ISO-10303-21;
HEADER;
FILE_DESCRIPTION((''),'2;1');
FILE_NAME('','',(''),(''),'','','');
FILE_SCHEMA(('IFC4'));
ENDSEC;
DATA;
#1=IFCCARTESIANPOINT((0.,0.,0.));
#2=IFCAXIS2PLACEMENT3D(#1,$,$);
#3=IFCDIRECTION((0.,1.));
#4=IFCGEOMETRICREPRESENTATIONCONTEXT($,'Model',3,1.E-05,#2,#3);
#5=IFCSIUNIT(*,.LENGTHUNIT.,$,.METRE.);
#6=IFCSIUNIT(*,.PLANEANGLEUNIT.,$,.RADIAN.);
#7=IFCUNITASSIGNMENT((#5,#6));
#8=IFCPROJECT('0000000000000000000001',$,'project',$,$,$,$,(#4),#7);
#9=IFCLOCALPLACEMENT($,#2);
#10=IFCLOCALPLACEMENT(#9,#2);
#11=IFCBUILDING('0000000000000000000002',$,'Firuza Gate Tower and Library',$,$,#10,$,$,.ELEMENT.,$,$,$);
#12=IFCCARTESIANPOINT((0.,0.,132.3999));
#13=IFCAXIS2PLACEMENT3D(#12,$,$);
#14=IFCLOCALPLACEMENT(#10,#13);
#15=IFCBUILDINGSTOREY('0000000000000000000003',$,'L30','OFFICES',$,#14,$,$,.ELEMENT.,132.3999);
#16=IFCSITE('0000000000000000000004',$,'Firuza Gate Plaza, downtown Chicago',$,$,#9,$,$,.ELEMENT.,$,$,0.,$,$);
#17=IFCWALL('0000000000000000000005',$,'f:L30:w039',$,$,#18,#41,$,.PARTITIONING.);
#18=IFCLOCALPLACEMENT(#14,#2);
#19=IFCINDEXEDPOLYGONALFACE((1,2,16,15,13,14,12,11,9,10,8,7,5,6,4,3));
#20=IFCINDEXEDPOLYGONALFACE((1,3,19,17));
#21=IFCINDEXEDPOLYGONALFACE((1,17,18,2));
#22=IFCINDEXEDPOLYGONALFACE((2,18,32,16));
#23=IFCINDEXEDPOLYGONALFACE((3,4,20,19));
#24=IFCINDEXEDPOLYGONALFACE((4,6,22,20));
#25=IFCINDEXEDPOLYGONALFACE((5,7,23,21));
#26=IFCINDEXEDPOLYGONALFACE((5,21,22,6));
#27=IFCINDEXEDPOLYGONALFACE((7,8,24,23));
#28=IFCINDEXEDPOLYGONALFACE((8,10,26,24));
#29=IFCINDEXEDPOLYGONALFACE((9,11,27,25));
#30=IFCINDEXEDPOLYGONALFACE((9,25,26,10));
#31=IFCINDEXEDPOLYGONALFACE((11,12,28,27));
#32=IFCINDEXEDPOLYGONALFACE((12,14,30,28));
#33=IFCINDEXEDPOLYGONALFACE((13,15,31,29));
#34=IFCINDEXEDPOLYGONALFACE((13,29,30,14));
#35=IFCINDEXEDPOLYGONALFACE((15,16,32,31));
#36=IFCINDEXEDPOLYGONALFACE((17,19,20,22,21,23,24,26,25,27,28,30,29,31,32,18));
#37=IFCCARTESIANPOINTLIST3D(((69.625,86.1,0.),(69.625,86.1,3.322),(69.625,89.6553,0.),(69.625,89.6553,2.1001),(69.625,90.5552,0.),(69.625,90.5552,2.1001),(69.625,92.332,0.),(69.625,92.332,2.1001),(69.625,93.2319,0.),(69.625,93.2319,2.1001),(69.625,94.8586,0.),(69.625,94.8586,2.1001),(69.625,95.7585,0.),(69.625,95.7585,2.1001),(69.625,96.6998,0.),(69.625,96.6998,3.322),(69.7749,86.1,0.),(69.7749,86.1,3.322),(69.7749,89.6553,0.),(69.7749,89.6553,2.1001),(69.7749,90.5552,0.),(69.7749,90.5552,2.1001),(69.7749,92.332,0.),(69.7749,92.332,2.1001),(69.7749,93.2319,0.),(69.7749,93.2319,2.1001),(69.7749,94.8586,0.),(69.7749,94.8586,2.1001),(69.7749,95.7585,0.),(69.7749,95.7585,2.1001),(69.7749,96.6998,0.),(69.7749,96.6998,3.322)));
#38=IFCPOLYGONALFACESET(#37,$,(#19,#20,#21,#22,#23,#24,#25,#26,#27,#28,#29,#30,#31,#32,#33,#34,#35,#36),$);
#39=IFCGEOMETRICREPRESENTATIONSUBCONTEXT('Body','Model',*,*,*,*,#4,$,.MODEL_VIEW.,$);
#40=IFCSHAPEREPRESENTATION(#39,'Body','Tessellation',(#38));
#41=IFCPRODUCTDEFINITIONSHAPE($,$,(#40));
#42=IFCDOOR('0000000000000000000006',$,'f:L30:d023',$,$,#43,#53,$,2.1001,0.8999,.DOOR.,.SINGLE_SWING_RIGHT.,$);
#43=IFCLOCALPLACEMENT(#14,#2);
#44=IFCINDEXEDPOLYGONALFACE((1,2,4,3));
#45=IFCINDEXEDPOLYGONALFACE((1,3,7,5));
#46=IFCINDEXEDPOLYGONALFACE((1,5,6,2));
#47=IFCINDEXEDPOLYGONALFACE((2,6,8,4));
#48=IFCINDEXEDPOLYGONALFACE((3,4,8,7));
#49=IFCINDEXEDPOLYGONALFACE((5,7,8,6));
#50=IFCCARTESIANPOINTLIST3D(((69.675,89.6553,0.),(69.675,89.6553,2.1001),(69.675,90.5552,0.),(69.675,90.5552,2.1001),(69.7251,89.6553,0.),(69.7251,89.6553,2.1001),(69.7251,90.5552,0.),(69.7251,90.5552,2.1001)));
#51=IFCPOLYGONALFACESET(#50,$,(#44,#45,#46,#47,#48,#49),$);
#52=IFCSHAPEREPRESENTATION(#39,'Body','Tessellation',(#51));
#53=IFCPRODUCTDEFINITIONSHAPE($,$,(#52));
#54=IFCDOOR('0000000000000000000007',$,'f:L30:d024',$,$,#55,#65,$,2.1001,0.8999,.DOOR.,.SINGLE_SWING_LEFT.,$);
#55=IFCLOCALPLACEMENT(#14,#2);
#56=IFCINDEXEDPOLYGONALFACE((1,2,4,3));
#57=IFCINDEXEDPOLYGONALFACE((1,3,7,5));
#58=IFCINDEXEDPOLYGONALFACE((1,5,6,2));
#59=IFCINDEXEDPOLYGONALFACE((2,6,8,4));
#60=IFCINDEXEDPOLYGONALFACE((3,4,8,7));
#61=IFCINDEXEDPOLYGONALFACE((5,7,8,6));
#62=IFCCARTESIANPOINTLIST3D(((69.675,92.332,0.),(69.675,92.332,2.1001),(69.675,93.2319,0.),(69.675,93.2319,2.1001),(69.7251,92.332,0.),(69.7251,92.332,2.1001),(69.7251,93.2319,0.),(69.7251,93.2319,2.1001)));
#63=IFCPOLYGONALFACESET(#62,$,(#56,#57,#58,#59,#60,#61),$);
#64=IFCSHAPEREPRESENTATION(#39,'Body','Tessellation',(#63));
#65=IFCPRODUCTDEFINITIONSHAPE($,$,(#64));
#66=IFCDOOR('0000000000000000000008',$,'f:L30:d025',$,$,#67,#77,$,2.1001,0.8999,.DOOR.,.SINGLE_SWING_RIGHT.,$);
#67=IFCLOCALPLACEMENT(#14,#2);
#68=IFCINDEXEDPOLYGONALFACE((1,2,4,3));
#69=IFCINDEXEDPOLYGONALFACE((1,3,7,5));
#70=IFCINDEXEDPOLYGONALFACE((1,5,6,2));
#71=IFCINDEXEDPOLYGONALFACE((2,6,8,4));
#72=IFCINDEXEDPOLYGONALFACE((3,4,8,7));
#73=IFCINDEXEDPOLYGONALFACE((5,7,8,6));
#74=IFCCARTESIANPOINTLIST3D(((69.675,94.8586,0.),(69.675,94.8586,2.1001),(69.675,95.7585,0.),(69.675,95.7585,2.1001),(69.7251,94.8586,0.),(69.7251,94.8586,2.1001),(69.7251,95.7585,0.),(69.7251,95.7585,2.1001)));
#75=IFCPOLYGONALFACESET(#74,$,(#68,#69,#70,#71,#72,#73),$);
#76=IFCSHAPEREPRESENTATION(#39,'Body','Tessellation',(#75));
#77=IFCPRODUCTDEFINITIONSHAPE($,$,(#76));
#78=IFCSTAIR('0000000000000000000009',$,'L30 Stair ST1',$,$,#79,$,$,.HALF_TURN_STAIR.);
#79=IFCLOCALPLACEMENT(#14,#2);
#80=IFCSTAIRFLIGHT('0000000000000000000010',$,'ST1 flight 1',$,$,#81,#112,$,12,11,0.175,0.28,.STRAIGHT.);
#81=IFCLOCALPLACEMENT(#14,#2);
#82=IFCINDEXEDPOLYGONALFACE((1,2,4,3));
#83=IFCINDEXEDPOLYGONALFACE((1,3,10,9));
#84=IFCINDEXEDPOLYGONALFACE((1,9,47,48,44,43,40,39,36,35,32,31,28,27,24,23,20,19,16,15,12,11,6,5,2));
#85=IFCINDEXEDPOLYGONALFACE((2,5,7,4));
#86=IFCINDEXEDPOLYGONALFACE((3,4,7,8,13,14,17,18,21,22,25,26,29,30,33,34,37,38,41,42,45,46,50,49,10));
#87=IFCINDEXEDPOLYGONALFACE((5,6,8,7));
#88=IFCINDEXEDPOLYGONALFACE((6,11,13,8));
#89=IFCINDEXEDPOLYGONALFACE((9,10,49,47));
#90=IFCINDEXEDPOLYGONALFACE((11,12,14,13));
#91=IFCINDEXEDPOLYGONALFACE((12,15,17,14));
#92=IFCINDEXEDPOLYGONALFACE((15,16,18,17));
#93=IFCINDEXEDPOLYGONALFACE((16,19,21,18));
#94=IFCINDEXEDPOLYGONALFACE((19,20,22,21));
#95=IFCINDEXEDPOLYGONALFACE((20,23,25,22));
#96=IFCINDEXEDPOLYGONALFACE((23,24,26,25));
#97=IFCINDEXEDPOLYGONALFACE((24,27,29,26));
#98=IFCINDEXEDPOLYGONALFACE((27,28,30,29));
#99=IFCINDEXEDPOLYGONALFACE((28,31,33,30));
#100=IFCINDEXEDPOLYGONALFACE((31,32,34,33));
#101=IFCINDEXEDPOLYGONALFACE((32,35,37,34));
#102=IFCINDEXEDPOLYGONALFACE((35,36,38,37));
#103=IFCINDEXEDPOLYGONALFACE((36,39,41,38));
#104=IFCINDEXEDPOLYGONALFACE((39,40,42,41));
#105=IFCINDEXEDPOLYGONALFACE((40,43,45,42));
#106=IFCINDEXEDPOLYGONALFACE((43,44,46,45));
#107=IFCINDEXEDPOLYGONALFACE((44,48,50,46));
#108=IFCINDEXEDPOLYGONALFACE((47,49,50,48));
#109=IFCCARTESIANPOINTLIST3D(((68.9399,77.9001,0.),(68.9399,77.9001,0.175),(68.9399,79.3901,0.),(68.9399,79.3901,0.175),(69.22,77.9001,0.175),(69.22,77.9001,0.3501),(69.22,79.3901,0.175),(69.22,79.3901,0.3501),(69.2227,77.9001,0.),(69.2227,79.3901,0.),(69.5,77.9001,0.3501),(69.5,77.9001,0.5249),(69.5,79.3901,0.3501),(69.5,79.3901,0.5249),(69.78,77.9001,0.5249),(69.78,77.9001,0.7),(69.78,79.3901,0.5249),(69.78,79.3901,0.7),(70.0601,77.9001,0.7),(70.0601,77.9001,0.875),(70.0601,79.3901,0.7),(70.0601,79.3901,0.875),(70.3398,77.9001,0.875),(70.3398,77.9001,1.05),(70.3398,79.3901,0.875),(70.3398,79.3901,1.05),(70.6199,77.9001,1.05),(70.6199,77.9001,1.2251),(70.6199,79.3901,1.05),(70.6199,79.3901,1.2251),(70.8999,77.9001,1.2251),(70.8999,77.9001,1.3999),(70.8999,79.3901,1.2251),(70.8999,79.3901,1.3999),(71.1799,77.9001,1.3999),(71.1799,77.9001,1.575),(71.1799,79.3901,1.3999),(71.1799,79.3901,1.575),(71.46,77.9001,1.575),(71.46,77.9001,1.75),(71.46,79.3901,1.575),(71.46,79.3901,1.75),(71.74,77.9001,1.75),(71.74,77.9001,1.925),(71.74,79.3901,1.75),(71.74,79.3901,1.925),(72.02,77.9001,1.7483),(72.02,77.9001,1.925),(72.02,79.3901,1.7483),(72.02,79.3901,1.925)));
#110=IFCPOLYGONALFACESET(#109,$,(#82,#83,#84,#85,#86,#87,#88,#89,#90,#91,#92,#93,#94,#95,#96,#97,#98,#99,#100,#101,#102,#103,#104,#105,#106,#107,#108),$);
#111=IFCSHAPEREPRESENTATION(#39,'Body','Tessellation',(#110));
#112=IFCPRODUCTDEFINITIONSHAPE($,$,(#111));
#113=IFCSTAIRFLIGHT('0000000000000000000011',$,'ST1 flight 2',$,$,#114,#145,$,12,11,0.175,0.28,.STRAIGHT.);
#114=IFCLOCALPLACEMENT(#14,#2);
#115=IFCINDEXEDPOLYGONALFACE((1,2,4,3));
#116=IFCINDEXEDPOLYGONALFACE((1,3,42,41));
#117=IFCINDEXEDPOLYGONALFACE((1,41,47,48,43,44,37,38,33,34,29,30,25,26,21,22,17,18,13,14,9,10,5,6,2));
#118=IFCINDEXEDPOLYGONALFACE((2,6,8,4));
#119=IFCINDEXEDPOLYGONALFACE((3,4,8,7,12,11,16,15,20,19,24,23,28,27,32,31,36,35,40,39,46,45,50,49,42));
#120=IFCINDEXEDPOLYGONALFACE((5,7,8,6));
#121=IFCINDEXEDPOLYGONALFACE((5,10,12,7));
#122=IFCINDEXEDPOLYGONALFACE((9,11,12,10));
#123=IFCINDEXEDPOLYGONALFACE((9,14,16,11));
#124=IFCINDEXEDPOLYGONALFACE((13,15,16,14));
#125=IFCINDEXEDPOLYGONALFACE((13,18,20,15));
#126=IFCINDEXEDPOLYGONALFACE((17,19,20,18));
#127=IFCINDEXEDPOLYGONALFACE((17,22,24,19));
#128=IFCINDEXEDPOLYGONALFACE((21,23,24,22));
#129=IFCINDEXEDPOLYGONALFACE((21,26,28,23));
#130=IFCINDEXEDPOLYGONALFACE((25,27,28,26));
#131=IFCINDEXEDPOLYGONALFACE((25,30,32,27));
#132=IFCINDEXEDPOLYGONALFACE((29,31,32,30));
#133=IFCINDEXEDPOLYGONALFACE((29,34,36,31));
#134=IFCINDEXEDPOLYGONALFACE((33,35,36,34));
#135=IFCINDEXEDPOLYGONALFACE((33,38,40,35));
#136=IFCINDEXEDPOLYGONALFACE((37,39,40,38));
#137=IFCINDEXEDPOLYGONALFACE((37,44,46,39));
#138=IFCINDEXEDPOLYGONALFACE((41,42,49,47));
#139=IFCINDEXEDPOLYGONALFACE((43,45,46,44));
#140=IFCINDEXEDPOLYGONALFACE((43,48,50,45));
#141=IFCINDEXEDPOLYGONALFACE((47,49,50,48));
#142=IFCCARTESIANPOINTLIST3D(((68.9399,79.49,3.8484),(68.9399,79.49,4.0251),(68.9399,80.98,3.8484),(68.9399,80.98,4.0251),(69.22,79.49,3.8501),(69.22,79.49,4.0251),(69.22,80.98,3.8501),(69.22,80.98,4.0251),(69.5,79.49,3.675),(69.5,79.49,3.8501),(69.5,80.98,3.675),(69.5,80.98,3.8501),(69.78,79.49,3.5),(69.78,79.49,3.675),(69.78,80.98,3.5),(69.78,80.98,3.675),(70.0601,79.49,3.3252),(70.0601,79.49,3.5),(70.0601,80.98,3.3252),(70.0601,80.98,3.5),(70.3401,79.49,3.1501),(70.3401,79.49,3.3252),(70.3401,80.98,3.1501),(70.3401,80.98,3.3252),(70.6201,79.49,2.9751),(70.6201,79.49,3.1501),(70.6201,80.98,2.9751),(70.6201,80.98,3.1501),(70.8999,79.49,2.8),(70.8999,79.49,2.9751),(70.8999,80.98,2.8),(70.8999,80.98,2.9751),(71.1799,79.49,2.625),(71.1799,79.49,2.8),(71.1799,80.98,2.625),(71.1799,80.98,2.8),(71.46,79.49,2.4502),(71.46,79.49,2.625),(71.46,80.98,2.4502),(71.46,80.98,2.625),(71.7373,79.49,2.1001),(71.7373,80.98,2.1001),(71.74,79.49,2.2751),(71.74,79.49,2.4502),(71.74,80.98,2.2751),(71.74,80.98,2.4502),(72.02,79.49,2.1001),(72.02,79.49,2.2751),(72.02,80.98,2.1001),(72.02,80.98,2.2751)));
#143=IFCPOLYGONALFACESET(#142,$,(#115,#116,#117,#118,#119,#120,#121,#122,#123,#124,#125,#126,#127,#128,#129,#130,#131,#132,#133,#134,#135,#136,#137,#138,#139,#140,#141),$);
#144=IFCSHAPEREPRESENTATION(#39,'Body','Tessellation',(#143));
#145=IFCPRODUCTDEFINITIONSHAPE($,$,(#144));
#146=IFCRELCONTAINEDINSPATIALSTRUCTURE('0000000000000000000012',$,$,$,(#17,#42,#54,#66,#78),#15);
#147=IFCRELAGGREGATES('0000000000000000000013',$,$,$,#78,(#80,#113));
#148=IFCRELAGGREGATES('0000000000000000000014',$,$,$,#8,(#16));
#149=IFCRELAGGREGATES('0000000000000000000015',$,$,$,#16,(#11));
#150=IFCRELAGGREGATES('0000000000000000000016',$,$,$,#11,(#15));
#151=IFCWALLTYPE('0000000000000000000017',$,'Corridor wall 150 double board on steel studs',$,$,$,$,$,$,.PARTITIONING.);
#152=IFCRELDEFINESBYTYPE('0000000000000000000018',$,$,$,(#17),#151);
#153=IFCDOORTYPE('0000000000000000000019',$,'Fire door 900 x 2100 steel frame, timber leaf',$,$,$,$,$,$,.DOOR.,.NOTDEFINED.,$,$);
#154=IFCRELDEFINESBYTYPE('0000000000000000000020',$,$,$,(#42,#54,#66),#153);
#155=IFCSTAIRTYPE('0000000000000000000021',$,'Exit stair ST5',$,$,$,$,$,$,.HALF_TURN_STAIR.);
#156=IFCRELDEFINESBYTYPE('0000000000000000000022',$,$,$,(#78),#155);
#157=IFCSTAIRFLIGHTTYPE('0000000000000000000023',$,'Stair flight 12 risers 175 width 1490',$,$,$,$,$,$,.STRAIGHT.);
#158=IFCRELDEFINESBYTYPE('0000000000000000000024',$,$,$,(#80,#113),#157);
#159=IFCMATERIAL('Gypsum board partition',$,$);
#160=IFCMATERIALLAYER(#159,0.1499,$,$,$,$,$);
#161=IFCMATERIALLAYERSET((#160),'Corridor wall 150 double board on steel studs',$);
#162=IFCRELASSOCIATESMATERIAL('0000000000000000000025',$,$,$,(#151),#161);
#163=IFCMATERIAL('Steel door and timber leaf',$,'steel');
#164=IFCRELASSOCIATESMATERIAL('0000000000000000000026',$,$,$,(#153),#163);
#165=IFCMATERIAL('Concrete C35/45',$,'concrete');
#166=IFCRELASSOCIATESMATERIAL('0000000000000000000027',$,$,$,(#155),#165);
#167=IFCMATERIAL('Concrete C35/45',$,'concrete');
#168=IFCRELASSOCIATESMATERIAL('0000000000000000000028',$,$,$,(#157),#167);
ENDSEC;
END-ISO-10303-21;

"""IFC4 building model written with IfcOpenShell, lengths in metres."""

from ifc_helpers import new_model, si_unit, direction, frame, frame_2d, origin, place, context, subcontext, project, spatial, polyline, rectangle, outline, extrude, material, layer, layer_set, type_object, element, fill, aggregate, save


model = new_model("IFC4")

# Units and contexts
model_context = context("Model", 3, precision=1e-05, world=origin(), true_north=direction((0.0, 1.0)))
body_context = subcontext(model_context, "Body", "Model", "MODEL_VIEW")
ifc_project = project(units=[si_unit("LENGTHUNIT", "METRE"), si_unit("PLANEANGLEUNIT", "RADIAN")], contexts=[model_context])

# Site, building, storey
site_placement = place(None, origin())
site = spatial("IfcSite", under=ifc_project, at=site_placement, Name="Firuza Gate Plaza, downtown Chicago", CompositionType="ELEMENT", RefElevation=0.0)
building_placement = place(site_placement, origin())
building = spatial("IfcBuilding", under=site, at=building_placement, Name="Firuza Gate Tower and Library", CompositionType="ELEMENT")
storey_placement = place(building_placement, frame((0.0, 0.0, 132.3999)))
storey = spatial("IfcBuildingStorey", under=building, at=storey_placement, Name="L30", Description="OFFICES", CompositionType="ELEMENT", Elevation=132.3999)

# Wall, openings, doors
ifc_material_1 = material(Name="Gypsum board partition")
ifc_layer_1 = layer(ifc_material_1, 0.1499)
ifc_layer_set_1 = layer_set([ifc_layer_1], Name="Corridor wall 150 double board on steel studs")
wall_type_1 = type_object("IfcWallType", Name="Corridor wall 150 double board on steel studs", PredefinedType="PARTITIONING", material=ifc_layer_set_1)
wall_1_placement = place(storey_placement, frame((69.7, 86.1001, 0.0), z_axis=(0.0, 0.0, 1.0), x_axis=(0.0, 1.0, 0.0)))
wall_1 = element("IfcWall", 1, at=wall_1_placement, inside=storey, type_object=wall_type_1, Name="f:L30:w039", PredefinedType="PARTITIONING", context=body_context, shape_type="SweptSolid", body=[
    extrude(rectangle(XDim=10.5999, YDim=0.1499, at=frame_2d((5.2998, 0.0))), origin(), (0.0, 0.0, 1.0), 3.322),
])
opening_1_placement = place(wall_1_placement, frame((3.5552, 0.0, 0.0)))
opening_1 = element("IfcOpeningElement", 2, at=opening_1_placement, cuts=wall_1, PredefinedType="OPENING", context=body_context, shape_type="SweptSolid", body=[
    extrude(rectangle(XDim=0.8999, YDim=2.1001, at=frame_2d((0.45, 1.05))), frame((0.0, 0.085, 0.0), z_axis=(0.0, -1.0, 0.0), x_axis=(1.0, 0.0, 0.0)), (0.0, 0.0, 1.0), 0.1699),
])
opening_2_placement = place(wall_1_placement, frame((6.2319, 0.0, 0.0)))
opening_2 = element("IfcOpeningElement", 3, at=opening_2_placement, cuts=wall_1, PredefinedType="OPENING", context=body_context, shape_type="SweptSolid", body=[
    extrude(rectangle(XDim=0.8999, YDim=2.1001, at=frame_2d((0.45, 1.05))), frame((0.0, 0.085, 0.0), z_axis=(0.0, -1.0, 0.0), x_axis=(1.0, 0.0, 0.0)), (0.0, 0.0, 1.0), 0.1699),
])
opening_3_placement = place(wall_1_placement, frame((8.7585, 0.0, 0.0)))
opening_3 = element("IfcOpeningElement", 4, at=opening_3_placement, cuts=wall_1, PredefinedType="OPENING", context=body_context, shape_type="SweptSolid", body=[
    extrude(rectangle(XDim=0.8999, YDim=2.1001, at=frame_2d((0.45, 1.05))), frame((0.0, 0.085, 0.0), z_axis=(0.0, -1.0, 0.0), x_axis=(1.0, 0.0, 0.0)), (0.0, 0.0, 1.0), 0.1699),
])
ifc_material_2 = material(Name="Steel door and timber leaf", Category="steel")
door_type_1 = type_object("IfcDoorType", Name="Fire door 900 x 2100 steel frame, timber leaf", OperationType="NOTDEFINED", PredefinedType="DOOR", material=ifc_material_2)
door_1_placement = place(opening_1_placement, origin())
door_1 = element("IfcDoor", 5, at=door_1_placement, inside=storey, type_object=door_type_1, Name="f:L30:d023", OperationType="SINGLE_SWING_RIGHT", OverallHeight=2.1001, OverallWidth=0.8999, PredefinedType="DOOR", context=body_context, shape_type="SweptSolid", body=[
    extrude(rectangle(XDim=0.8999, YDim=2.1001, at=frame_2d((0.45, 1.05))), frame((0.0, 0.0249, 0.0), z_axis=(0.0, -1.0, 0.0), x_axis=(1.0, 0.0, 0.0)), (0.0, 0.0, 1.0), 0.05),
])
fill(opening_1, door_1)
door_2_placement = place(opening_2_placement, origin())
door_2 = element("IfcDoor", 6, at=door_2_placement, inside=storey, type_object=door_type_1, Name="f:L30:d024", OperationType="SINGLE_SWING_LEFT", OverallHeight=2.1001, OverallWidth=0.8999, PredefinedType="DOOR", context=body_context, shape_type="SweptSolid", body=[
    extrude(rectangle(XDim=0.8999, YDim=2.1001, at=frame_2d((0.45, 1.05))), frame((0.0, 0.0249, 0.0), z_axis=(0.0, -1.0, 0.0), x_axis=(1.0, 0.0, 0.0)), (0.0, 0.0, 1.0), 0.05),
])
fill(opening_2, door_2)
door_3_placement = place(opening_3_placement, origin())
door_3 = element("IfcDoor", 7, at=door_3_placement, inside=storey, type_object=door_type_1, Name="f:L30:d025", OperationType="SINGLE_SWING_RIGHT", OverallHeight=2.1001, OverallWidth=0.8999, PredefinedType="DOOR", context=body_context, shape_type="SweptSolid", body=[
    extrude(rectangle(XDim=0.8999, YDim=2.1001, at=frame_2d((0.45, 1.05))), frame((0.0, 0.0249, 0.0), z_axis=(0.0, -1.0, 0.0), x_axis=(1.0, 0.0, 0.0)), (0.0, 0.0, 1.0), 0.05),
])
fill(opening_3, door_3)

# Stair, stair flights
ifc_material_3 = material(Name="Concrete C35/45", Category="concrete")
stair_type = type_object("IfcStairType", Name="Exit stair ST5", PredefinedType="HALF_TURN_STAIR", material=ifc_material_3)
stair_placement = place(storey_placement, origin())
stair = element("IfcStair", 8, at=stair_placement, inside=storey, type_object=stair_type, Name="L30 Stair ST1", PredefinedType="HALF_TURN_STAIR")
ifc_material_4 = material(Name="Concrete C35/45", Category="concrete")
stair_flight_type = type_object("IfcStairFlightType", Name="Stair flight 12 risers 175 width 1490", PredefinedType="STRAIGHT", material=ifc_material_4)
stair_flight_1_placement = place(storey_placement, frame((68.9399, 78.645, 0.0), z_axis=(0.0, 0.0, 1.0), x_axis=(1.0, 0.0, 0.0)))
stair_flight_1 = element("IfcStairFlight", 9, at=stair_flight_1_placement, type_object=stair_flight_type, Name="ST1 flight 1", NumberOfRisers=12, NumberOfTreads=11, PredefinedType="STRAIGHT", RiserHeight=0.175, TreadLength=0.28, context=body_context, shape_type="SweptSolid", body=[
    extrude(outline(polyline([(0.0, 0.0), (0.0, 0.175), (0.28, 0.175), (0.28, 0.3501), (0.5601, 0.3501), (0.5601, 0.5249), (0.8401, 0.5249), (0.8401, 0.7), (1.1201, 0.7), (1.1201, 0.875), (1.3999, 0.875), (1.3999, 1.05), (1.6799, 1.05), (1.6799, 1.2251), (1.96, 1.2251), (1.96, 1.3999), (2.24, 1.3999), (2.24, 1.575), (2.52, 1.575), (2.52, 1.75), (2.8, 1.75), (2.8, 1.925), (3.0801, 1.925), (3.0801, 2.1001), (3.0801, 1.7483), (0.2827, 0.0), (0.0, 0.0)])), frame((0.0, 0.7451, 0.0), z_axis=(0.0, -1.0, 0.0), x_axis=(1.0, 0.0, 0.0)), (0.0, 0.0, 1.0), 1.49),
])
stair_flight_2_placement = place(storey_placement, frame((72.02, 80.2351, 2.1001), z_axis=(0.0, 0.0, 1.0), x_axis=(-1.0, 0.0, 0.0)))
stair_flight_2 = element("IfcStairFlight", 10, at=stair_flight_2_placement, type_object=stair_flight_type, Name="ST1 flight 2", NumberOfRisers=12, NumberOfTreads=11, PredefinedType="STRAIGHT", RiserHeight=0.175, TreadLength=0.28, context=body_context, shape_type="SweptSolid", body=[
    extrude(outline(polyline([(0.0, 0.0), (0.0, 0.175), (0.28, 0.175), (0.28, 0.3501), (0.5601, 0.3501), (0.5601, 0.5249), (0.8401, 0.5249), (0.8401, 0.7), (1.1201, 0.7), (1.1201, 0.875), (1.3999, 0.875), (1.3999, 1.05), (1.6799, 1.05), (1.6799, 1.2251), (1.96, 1.2251), (1.96, 1.3999), (2.24, 1.3999), (2.24, 1.575), (2.52, 1.575), (2.52, 1.75), (2.8, 1.75), (2.8, 1.925), (3.0801, 1.925), (3.0801, 2.1001), (3.0801, 1.7483), (0.2827, 0.0), (0.0, 0.0)])), frame((0.0, 0.7451, 0.0), z_axis=(0.0, -1.0, 0.0), x_axis=(1.0, 0.0, 0.0)), (0.0, 0.0, 1.0), 1.49),
])
aggregate(stair, [stair_flight_1, stair_flight_2])

save(model, "model.ifc")
